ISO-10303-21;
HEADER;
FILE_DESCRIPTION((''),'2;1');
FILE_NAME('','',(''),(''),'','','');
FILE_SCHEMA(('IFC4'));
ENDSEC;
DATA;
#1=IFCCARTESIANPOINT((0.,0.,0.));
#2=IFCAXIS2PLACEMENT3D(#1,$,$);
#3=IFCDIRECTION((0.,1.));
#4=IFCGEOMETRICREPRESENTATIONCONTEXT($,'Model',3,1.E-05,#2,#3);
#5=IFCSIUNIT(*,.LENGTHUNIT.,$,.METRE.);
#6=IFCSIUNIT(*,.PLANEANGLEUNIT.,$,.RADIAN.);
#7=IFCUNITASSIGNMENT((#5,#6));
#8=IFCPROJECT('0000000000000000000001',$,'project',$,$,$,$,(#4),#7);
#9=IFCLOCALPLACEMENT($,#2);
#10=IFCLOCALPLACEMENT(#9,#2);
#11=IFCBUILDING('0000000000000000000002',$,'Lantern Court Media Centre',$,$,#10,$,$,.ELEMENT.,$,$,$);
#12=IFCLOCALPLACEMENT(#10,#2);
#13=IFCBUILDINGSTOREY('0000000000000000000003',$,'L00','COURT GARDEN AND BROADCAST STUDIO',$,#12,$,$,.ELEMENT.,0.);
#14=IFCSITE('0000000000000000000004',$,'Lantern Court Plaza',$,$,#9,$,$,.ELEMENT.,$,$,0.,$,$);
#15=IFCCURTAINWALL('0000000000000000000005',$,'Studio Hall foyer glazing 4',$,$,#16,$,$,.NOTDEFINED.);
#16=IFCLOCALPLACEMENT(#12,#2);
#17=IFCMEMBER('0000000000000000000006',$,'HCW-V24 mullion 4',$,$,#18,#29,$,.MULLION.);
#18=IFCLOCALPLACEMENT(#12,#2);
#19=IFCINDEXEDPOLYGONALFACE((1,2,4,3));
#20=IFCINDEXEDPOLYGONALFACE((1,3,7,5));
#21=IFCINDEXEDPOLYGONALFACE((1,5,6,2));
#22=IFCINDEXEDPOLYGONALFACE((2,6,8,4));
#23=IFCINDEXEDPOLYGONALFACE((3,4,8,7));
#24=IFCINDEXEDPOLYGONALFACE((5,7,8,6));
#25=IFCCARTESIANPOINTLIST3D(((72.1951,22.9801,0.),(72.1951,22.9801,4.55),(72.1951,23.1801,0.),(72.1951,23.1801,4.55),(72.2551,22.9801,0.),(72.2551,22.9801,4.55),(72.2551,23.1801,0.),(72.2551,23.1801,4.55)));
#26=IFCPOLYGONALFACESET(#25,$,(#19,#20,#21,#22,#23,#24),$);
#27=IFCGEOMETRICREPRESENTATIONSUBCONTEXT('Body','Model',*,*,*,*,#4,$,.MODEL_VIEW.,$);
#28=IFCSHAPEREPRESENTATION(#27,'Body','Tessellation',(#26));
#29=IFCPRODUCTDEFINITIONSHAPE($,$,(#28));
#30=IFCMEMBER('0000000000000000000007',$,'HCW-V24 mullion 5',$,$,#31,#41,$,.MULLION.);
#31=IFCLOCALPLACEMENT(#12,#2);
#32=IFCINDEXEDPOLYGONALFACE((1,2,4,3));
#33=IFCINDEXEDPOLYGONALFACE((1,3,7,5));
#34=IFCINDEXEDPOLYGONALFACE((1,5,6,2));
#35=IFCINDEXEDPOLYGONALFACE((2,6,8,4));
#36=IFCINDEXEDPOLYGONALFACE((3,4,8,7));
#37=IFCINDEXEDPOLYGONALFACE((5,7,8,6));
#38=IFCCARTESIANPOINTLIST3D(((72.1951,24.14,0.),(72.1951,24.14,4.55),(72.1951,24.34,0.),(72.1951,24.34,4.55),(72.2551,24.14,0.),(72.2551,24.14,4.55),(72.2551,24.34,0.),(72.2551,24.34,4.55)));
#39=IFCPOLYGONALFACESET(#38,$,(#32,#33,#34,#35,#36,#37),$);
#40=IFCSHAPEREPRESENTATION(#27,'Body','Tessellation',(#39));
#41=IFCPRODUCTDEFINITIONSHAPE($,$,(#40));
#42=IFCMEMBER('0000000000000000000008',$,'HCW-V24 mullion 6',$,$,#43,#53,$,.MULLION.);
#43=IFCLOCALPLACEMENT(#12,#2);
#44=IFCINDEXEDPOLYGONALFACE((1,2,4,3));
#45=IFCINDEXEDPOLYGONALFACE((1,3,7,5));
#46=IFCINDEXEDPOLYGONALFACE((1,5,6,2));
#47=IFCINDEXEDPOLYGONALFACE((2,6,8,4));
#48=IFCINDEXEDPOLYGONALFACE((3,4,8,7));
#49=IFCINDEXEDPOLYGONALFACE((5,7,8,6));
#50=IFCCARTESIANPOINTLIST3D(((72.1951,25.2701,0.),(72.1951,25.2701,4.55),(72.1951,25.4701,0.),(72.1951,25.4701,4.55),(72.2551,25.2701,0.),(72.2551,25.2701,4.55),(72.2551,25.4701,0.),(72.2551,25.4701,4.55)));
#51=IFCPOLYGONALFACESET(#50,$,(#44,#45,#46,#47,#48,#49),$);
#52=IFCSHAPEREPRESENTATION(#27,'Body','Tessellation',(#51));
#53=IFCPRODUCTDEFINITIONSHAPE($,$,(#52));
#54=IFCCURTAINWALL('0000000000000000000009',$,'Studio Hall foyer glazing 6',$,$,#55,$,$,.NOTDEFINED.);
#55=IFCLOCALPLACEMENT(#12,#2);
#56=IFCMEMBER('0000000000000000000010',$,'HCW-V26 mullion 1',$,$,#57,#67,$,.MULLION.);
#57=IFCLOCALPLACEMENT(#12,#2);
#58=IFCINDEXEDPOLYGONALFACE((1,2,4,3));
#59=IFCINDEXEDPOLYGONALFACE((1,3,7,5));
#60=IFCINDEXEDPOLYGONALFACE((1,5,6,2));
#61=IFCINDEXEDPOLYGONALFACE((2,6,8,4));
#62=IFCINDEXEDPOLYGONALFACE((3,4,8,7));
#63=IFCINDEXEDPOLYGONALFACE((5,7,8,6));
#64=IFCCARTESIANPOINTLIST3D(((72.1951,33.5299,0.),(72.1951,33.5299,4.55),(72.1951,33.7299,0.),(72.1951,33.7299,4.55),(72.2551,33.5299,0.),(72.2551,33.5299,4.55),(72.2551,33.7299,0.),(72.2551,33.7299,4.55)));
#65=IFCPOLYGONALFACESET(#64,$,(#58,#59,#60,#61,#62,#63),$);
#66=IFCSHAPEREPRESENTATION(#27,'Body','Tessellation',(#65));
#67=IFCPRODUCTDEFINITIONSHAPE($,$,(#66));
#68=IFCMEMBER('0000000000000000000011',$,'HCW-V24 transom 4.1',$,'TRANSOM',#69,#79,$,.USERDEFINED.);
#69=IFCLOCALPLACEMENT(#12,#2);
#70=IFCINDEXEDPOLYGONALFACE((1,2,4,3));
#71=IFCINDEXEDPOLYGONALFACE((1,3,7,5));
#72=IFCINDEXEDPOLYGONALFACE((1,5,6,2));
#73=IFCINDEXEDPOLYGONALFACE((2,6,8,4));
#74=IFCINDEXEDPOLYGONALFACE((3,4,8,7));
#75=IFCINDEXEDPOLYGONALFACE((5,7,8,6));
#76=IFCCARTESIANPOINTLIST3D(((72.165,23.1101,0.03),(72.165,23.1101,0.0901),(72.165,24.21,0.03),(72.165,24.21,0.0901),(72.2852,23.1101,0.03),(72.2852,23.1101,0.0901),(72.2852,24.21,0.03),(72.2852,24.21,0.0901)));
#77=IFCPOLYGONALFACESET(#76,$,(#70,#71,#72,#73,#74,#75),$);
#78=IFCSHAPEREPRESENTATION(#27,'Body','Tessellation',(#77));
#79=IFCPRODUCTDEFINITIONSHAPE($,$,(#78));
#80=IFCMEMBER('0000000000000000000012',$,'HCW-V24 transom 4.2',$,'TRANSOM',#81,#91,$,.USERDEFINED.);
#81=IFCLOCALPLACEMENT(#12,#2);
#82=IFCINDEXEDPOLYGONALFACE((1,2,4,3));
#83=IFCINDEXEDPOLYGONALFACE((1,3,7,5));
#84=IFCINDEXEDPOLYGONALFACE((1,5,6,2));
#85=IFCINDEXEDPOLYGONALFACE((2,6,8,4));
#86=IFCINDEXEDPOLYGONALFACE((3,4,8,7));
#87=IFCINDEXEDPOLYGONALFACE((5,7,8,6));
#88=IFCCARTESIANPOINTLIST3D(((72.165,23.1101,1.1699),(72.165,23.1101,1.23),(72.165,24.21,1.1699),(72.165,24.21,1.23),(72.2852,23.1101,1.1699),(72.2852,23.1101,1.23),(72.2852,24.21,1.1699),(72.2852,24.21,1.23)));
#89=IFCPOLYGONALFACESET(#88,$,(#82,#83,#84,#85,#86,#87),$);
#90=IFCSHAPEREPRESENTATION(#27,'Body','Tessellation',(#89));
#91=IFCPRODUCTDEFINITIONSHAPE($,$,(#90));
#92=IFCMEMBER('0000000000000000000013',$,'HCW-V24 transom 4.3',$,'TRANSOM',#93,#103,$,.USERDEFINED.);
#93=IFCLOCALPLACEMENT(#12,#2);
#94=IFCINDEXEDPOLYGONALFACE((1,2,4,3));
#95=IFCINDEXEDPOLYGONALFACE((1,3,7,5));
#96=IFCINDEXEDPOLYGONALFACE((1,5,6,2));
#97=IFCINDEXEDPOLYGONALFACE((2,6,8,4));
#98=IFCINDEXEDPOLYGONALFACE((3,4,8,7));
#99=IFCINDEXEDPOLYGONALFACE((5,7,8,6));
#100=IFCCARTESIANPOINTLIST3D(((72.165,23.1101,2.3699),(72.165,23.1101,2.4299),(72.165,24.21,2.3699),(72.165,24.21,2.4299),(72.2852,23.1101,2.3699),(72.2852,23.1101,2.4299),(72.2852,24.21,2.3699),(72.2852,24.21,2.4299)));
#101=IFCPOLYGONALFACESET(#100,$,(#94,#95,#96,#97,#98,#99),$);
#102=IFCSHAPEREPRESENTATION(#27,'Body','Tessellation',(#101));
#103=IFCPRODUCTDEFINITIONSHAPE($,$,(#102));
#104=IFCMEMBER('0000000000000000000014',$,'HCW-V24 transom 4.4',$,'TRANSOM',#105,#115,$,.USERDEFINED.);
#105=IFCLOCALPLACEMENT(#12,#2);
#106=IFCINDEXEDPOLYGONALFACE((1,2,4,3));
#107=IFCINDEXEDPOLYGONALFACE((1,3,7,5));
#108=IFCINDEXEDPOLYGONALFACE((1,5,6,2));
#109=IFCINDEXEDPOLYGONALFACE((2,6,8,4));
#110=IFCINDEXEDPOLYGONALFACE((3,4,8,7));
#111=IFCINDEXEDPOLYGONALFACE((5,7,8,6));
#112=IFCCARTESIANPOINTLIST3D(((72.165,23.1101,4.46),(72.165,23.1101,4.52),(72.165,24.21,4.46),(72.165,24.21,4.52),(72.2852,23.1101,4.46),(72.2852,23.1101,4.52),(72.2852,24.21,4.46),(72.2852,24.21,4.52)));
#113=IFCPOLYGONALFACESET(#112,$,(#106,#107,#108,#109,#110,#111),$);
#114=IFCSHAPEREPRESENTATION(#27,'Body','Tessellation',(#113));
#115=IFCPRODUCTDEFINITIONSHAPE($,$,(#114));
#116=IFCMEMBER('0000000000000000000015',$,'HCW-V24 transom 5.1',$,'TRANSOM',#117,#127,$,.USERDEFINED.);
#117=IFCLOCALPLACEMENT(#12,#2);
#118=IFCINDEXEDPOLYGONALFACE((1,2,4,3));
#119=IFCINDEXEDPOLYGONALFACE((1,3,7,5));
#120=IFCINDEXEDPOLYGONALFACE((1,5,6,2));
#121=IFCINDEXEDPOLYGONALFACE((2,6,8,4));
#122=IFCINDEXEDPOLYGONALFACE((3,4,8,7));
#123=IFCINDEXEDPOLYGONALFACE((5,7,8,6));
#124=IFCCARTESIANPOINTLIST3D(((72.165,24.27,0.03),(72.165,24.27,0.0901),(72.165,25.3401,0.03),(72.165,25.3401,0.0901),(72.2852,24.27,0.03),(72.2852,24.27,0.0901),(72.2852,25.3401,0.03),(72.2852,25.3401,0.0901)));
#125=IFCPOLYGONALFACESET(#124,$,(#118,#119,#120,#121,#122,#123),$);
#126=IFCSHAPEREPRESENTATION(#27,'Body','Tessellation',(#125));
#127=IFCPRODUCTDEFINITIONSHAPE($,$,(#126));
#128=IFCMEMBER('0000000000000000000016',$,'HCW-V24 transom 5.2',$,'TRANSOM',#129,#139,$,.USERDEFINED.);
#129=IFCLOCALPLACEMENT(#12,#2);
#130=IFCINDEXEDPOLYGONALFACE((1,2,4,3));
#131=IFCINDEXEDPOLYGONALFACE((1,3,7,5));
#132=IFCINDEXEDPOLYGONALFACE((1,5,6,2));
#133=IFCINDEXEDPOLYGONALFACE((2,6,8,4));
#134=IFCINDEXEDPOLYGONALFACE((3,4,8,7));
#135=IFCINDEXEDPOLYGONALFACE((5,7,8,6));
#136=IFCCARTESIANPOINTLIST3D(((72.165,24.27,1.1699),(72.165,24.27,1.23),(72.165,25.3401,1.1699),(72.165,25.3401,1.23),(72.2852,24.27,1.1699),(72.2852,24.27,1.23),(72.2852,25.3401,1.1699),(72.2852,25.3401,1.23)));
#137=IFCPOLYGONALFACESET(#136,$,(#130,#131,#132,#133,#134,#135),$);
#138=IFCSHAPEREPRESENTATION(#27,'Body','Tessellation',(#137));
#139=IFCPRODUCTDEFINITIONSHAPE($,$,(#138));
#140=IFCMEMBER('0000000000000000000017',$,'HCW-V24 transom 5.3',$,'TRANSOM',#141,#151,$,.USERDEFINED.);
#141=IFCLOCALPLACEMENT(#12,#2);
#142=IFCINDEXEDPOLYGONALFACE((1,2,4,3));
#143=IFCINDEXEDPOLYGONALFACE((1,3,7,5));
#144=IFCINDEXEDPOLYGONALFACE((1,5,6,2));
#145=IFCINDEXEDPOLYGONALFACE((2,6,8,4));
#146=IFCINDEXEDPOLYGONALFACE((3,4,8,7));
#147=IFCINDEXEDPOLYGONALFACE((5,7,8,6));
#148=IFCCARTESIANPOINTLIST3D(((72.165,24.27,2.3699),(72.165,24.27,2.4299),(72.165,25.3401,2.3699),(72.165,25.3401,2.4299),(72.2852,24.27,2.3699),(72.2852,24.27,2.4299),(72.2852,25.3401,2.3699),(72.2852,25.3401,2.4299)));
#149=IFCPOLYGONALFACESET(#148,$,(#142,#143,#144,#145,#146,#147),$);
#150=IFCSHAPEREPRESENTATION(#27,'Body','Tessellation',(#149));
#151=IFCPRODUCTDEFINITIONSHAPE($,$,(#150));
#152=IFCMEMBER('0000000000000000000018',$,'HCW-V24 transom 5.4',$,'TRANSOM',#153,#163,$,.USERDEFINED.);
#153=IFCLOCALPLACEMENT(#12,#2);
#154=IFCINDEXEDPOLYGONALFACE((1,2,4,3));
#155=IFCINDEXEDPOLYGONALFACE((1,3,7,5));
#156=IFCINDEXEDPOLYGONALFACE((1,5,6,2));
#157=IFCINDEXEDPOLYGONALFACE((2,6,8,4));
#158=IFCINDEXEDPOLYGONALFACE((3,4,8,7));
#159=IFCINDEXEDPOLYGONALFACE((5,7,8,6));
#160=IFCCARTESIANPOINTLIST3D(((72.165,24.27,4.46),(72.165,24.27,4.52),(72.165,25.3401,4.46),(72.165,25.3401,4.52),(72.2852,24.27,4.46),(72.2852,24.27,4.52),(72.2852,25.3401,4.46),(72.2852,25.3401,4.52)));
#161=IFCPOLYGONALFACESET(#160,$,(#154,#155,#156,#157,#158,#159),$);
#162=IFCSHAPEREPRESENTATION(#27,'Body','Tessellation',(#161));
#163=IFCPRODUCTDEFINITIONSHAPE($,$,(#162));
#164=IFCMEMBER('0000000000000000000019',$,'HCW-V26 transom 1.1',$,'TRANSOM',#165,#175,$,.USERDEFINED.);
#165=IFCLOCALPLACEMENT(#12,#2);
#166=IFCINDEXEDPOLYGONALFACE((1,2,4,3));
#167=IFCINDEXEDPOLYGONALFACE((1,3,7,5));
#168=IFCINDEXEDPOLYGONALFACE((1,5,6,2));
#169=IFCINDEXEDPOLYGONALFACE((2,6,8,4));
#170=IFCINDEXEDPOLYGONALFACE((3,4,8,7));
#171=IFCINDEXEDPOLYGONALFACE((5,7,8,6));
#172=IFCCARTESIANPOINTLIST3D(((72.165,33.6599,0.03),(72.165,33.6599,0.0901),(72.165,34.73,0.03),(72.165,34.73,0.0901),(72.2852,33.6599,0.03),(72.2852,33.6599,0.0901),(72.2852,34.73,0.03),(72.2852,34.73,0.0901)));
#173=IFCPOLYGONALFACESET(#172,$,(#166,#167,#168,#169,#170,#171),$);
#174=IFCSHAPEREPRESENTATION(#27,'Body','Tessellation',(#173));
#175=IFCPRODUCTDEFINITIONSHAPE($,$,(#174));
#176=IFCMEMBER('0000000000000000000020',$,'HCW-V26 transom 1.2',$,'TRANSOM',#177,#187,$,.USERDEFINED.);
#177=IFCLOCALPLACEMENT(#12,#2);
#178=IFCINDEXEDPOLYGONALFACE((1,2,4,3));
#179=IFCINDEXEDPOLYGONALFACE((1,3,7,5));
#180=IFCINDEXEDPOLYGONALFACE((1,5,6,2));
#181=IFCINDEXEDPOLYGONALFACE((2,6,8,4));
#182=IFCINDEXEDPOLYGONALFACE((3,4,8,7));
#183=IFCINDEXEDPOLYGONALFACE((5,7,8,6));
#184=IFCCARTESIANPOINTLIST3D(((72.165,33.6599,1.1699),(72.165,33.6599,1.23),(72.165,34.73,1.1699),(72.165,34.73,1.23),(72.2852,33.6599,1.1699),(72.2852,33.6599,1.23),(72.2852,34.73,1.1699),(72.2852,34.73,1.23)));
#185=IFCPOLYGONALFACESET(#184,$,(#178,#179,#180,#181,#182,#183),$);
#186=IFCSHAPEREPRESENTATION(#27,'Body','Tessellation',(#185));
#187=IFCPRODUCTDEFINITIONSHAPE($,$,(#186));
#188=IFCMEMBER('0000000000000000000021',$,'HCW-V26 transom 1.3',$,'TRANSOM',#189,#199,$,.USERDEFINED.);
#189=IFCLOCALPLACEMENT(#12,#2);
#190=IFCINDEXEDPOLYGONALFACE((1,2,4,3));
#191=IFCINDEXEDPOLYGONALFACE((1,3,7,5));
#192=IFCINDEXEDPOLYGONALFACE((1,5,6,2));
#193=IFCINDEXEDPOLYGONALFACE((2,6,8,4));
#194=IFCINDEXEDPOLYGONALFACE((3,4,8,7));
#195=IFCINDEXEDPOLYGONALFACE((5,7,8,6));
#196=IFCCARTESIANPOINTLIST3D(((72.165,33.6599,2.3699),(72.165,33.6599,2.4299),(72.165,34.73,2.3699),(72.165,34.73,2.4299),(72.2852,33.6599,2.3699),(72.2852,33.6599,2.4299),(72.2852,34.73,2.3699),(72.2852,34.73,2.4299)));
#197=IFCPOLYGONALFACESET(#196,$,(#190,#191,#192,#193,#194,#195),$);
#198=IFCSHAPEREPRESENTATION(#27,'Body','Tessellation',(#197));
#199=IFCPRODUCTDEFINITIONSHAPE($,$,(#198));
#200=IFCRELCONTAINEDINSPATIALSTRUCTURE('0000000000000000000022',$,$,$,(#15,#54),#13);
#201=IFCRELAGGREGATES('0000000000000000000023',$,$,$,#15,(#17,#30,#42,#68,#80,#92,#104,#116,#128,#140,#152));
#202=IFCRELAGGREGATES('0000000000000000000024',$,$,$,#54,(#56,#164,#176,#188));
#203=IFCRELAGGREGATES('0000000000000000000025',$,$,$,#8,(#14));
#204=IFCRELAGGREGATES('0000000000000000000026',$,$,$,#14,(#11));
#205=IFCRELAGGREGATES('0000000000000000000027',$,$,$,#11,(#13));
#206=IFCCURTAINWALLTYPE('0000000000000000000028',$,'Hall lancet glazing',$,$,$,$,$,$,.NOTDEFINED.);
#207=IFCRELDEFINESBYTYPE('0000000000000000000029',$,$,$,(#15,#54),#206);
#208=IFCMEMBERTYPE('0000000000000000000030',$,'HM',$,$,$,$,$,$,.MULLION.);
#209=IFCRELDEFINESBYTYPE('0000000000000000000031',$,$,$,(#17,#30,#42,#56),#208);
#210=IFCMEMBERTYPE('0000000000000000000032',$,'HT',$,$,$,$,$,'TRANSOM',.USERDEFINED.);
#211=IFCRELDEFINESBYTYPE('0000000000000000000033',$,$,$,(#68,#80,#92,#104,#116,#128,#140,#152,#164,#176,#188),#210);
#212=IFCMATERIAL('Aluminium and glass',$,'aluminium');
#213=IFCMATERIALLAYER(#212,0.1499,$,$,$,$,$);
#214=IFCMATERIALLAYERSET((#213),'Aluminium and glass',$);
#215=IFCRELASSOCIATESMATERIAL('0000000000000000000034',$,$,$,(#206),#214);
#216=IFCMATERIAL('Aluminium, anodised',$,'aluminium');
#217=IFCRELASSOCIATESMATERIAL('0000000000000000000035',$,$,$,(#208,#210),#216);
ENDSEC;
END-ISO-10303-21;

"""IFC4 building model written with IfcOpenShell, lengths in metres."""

from ifc_helpers import new_model, si_unit, direction, frame, origin, origin_2d, place, context, subcontext, project, spatial, rectangle, extrude, material, layer, layer_set, material_profile, profile_set, type_object, element, aggregate, save


model = new_model("IFC4")

# Units and contexts
model_context = context("Model", 3, precision=1e-05, world=origin(), true_north=direction((0.0, 1.0)))
body_context = subcontext(model_context, "Body", "Model", "MODEL_VIEW")
ifc_project = project(units=[si_unit("LENGTHUNIT", "METRE"), si_unit("PLANEANGLEUNIT", "RADIAN")], contexts=[model_context])

# Site, building, storey
site_placement = place(None, origin())
site = spatial("IfcSite", under=ifc_project, at=site_placement, Name="Lantern Court Plaza", CompositionType="ELEMENT", RefElevation=0.0)
building_placement = place(site_placement, origin())
building = spatial("IfcBuilding", under=site, at=building_placement, Name="Lantern Court Media Centre", CompositionType="ELEMENT")
storey_placement = place(building_placement, origin())
storey = spatial("IfcBuildingStorey", under=building, at=storey_placement, Name="L00", Description="COURT GARDEN AND BROADCAST STUDIO", CompositionType="ELEMENT", Elevation=0.0)

# Curtain wall, members
ifc_material_1 = material(Name="Aluminium and glass", Category="aluminium")
ifc_layer_1 = layer(ifc_material_1, 0.1499)
ifc_layer_set_1 = layer_set([ifc_layer_1], Name="Aluminium and glass")
curtain_wall_type = type_object("IfcCurtainWallType", Name="Hall lancet glazing", PredefinedType="NOTDEFINED", material=ifc_layer_set_1)
curtain_wall_1_placement = place(storey_placement, origin())
curtain_wall_1 = element("IfcCurtainWall", 1, at=curtain_wall_1_placement, inside=storey, type_object=curtain_wall_type, Name="Studio Hall foyer glazing 4", PredefinedType="NOTDEFINED")
ifc_material_2 = material(Name="Aluminium, anodised", Category="aluminium")
ifc_material_profile_1 = material_profile(ifc_material_2, rectangle(XDim=0.0601, YDim=0.2, at=origin_2d()), Name="HM")
ifc_profile_set_1 = profile_set([ifc_material_profile_1], Name="Aluminium, anodised")
member_type_1 = type_object("IfcMemberType", Name="HM", PredefinedType="MULLION", material=ifc_profile_set_1)
member_1_placement = place(storey_placement, frame((72.2251, 23.0801, 0.0), z_axis=(0.0, 0.0, 1.0), x_axis=(-1.0, 0.0, 0.0)))
member_1 = element("IfcMember", 2, at=member_1_placement, type_object=member_type_1, Name="HCW-V24 mullion 4", PredefinedType="MULLION", context=body_context, shape_type="SweptSolid", body=[
    extrude(rectangle(XDim=0.0601, YDim=0.2, at=origin_2d()), origin(), (0.0, 0.0, 1.0), 4.55),
])
member_2_placement = place(storey_placement, frame((72.2251, 24.24, 0.0), z_axis=(0.0, 0.0, 1.0), x_axis=(-1.0, 0.0, 0.0)))
member_2 = element("IfcMember", 3, at=member_2_placement, type_object=member_type_1, Name="HCW-V24 mullion 5", PredefinedType="MULLION", context=body_context, shape_type="SweptSolid", body=[
    extrude(rectangle(XDim=0.0601, YDim=0.2, at=origin_2d()), origin(), (0.0, 0.0, 1.0), 4.55),
])
member_3_placement = place(storey_placement, frame((72.2251, 25.3701, 0.0), z_axis=(0.0, 0.0, 1.0), x_axis=(-1.0, 0.0, 0.0)))
member_3 = element("IfcMember", 4, at=member_3_placement, type_object=member_type_1, Name="HCW-V24 mullion 6", PredefinedType="MULLION", context=body_context, shape_type="SweptSolid", body=[
    extrude(rectangle(XDim=0.0601, YDim=0.2, at=origin_2d()), origin(), (0.0, 0.0, 1.0), 4.55),
])

# Curtain wall, member
curtain_wall_2_placement = place(storey_placement, origin())
curtain_wall_2 = element("IfcCurtainWall", 5, at=curtain_wall_2_placement, inside=storey, type_object=curtain_wall_type, Name="Studio Hall foyer glazing 6", PredefinedType="NOTDEFINED")
member_4_placement = place(storey_placement, frame((72.2251, 33.6299, 0.0), z_axis=(0.0, 0.0, 1.0), x_axis=(-1.0, 0.0, 0.0)))
member_4 = element("IfcMember", 6, at=member_4_placement, type_object=member_type_1, Name="HCW-V26 mullion 1", PredefinedType="MULLION", context=body_context, shape_type="SweptSolid", body=[
    extrude(rectangle(XDim=0.0601, YDim=0.2, at=origin_2d()), origin(), (0.0, 0.0, 1.0), 4.55),
])

# Members
ifc_material_profile_2 = material_profile(ifc_material_2, rectangle(XDim=0.1201, YDim=0.0601, at=origin_2d()), Name="HT")
ifc_profile_set_2 = profile_set([ifc_material_profile_2], Name="Aluminium, anodised")
member_type_2 = type_object("IfcMemberType", Name="HT", ElementType="TRANSOM", PredefinedType="USERDEFINED", material=ifc_profile_set_2)
member_5_placement = place(storey_placement, frame((72.2251, 23.1101, 0.0601), z_axis=(0.0, 1.0, 0.0), x_axis=(-1.0, 0.0, 0.0)))
member_5 = element("IfcMember", 7, at=member_5_placement, type_object=member_type_2, Name="HCW-V24 transom 4.1", ObjectType="TRANSOM", PredefinedType="USERDEFINED", context=body_context, shape_type="SweptSolid", body=[
    extrude(rectangle(XDim=0.1201, YDim=0.0601, at=origin_2d()), origin(), (0.0, 0.0, 1.0), 1.0999),
])
member_6_placement = place(storey_placement, frame((72.2251, 23.1101, 1.2), z_axis=(0.0, 1.0, 0.0), x_axis=(-1.0, 0.0, 0.0)))
member_6 = element("IfcMember", 8, at=member_6_placement, type_object=member_type_2, Name="HCW-V24 transom 4.2", ObjectType="TRANSOM", PredefinedType="USERDEFINED", context=body_context, shape_type="SweptSolid", body=[
    extrude(rectangle(XDim=0.1201, YDim=0.0601, at=origin_2d()), origin(), (0.0, 0.0, 1.0), 1.0999),
])
member_7_placement = place(storey_placement, frame((72.2251, 23.1101, 2.3999), z_axis=(0.0, 1.0, 0.0), x_axis=(-1.0, 0.0, 0.0)))
member_7 = element("IfcMember", 9, at=member_7_placement, type_object=member_type_2, Name="HCW-V24 transom 4.3", ObjectType="TRANSOM", PredefinedType="USERDEFINED", context=body_context, shape_type="SweptSolid", body=[
    extrude(rectangle(XDim=0.1201, YDim=0.0601, at=origin_2d()), origin(), (0.0, 0.0, 1.0), 1.0999),
])
member_8_placement = place(storey_placement, frame((72.2251, 23.1101, 4.49), z_axis=(0.0, 1.0, 0.0), x_axis=(-1.0, 0.0, 0.0)))
member_8 = element("IfcMember", 10, at=member_8_placement, type_object=member_type_2, Name="HCW-V24 transom 4.4", ObjectType="TRANSOM", PredefinedType="USERDEFINED", context=body_context, shape_type="SweptSolid", body=[
    extrude(rectangle(XDim=0.1201, YDim=0.0601, at=origin_2d()), origin(), (0.0, 0.0, 1.0), 1.0999),
])
member_9_placement = place(storey_placement, frame((72.2251, 24.27, 0.0601), z_axis=(0.0, 1.0, 0.0), x_axis=(-1.0, 0.0, 0.0)))
member_9 = element("IfcMember", 11, at=member_9_placement, type_object=member_type_2, Name="HCW-V24 transom 5.1", ObjectType="TRANSOM", PredefinedType="USERDEFINED", context=body_context, shape_type="SweptSolid", body=[
    extrude(rectangle(XDim=0.1201, YDim=0.0601, at=origin_2d()), origin(), (0.0, 0.0, 1.0), 1.0701),
])
member_10_placement = place(storey_placement, frame((72.2251, 24.27, 1.2), z_axis=(0.0, 1.0, 0.0), x_axis=(-1.0, 0.0, 0.0)))
member_10 = element("IfcMember", 12, at=member_10_placement, type_object=member_type_2, Name="HCW-V24 transom 5.2", ObjectType="TRANSOM", PredefinedType="USERDEFINED", context=body_context, shape_type="SweptSolid", body=[
    extrude(rectangle(XDim=0.1201, YDim=0.0601, at=origin_2d()), origin(), (0.0, 0.0, 1.0), 1.0701),
])
member_11_placement = place(storey_placement, frame((72.2251, 24.27, 2.3999), z_axis=(0.0, 1.0, 0.0), x_axis=(-1.0, 0.0, 0.0)))
member_11 = element("IfcMember", 13, at=member_11_placement, type_object=member_type_2, Name="HCW-V24 transom 5.3", ObjectType="TRANSOM", PredefinedType="USERDEFINED", context=body_context, shape_type="SweptSolid", body=[
    extrude(rectangle(XDim=0.1201, YDim=0.0601, at=origin_2d()), origin(), (0.0, 0.0, 1.0), 1.0701),
])
member_12_placement = place(storey_placement, frame((72.2251, 24.27, 4.49), z_axis=(0.0, 1.0, 0.0), x_axis=(-1.0, 0.0, 0.0)))
member_12 = element("IfcMember", 14, at=member_12_placement, type_object=member_type_2, Name="HCW-V24 transom 5.4", ObjectType="TRANSOM", PredefinedType="USERDEFINED", context=body_context, shape_type="SweptSolid", body=[
    extrude(rectangle(XDim=0.1201, YDim=0.0601, at=origin_2d()), origin(), (0.0, 0.0, 1.0), 1.0701),
])
member_13_placement = place(storey_placement, frame((72.2251, 33.6599, 0.0601), z_axis=(0.0, 1.0, 0.0), x_axis=(-1.0, 0.0, 0.0)))
member_13 = element("IfcMember", 15, at=member_13_placement, type_object=member_type_2, Name="HCW-V26 transom 1.1", ObjectType="TRANSOM", PredefinedType="USERDEFINED", context=body_context, shape_type="SweptSolid", body=[
    extrude(rectangle(XDim=0.1201, YDim=0.0601, at=origin_2d()), origin(), (0.0, 0.0, 1.0), 1.0701),
])
member_14_placement = place(storey_placement, frame((72.2251, 33.6599, 1.2), z_axis=(0.0, 1.0, 0.0), x_axis=(-1.0, 0.0, 0.0)))
member_14 = element("IfcMember", 16, at=member_14_placement, type_object=member_type_2, Name="HCW-V26 transom 1.2", ObjectType="TRANSOM", PredefinedType="USERDEFINED", context=body_context, shape_type="SweptSolid", body=[
    extrude(rectangle(XDim=0.1201, YDim=0.0601, at=origin_2d()), origin(), (0.0, 0.0, 1.0), 1.0701),
])
member_15_placement = place(storey_placement, frame((72.2251, 33.6599, 2.3999), z_axis=(0.0, 1.0, 0.0), x_axis=(-1.0, 0.0, 0.0)))
member_15 = element("IfcMember", 17, at=member_15_placement, type_object=member_type_2, Name="HCW-V26 transom 1.3", ObjectType="TRANSOM", PredefinedType="USERDEFINED", context=body_context, shape_type="SweptSolid", body=[
    extrude(rectangle(XDim=0.1201, YDim=0.0601, at=origin_2d()), origin(), (0.0, 0.0, 1.0), 1.0701),
])

aggregate(curtain_wall_1, [member_1, member_2, member_3, member_5, member_6, member_7, member_8, member_9, member_10, member_11, member_12])
aggregate(curtain_wall_2, [member_4, member_13, member_14, member_15])

save(model, "model.ifc")
